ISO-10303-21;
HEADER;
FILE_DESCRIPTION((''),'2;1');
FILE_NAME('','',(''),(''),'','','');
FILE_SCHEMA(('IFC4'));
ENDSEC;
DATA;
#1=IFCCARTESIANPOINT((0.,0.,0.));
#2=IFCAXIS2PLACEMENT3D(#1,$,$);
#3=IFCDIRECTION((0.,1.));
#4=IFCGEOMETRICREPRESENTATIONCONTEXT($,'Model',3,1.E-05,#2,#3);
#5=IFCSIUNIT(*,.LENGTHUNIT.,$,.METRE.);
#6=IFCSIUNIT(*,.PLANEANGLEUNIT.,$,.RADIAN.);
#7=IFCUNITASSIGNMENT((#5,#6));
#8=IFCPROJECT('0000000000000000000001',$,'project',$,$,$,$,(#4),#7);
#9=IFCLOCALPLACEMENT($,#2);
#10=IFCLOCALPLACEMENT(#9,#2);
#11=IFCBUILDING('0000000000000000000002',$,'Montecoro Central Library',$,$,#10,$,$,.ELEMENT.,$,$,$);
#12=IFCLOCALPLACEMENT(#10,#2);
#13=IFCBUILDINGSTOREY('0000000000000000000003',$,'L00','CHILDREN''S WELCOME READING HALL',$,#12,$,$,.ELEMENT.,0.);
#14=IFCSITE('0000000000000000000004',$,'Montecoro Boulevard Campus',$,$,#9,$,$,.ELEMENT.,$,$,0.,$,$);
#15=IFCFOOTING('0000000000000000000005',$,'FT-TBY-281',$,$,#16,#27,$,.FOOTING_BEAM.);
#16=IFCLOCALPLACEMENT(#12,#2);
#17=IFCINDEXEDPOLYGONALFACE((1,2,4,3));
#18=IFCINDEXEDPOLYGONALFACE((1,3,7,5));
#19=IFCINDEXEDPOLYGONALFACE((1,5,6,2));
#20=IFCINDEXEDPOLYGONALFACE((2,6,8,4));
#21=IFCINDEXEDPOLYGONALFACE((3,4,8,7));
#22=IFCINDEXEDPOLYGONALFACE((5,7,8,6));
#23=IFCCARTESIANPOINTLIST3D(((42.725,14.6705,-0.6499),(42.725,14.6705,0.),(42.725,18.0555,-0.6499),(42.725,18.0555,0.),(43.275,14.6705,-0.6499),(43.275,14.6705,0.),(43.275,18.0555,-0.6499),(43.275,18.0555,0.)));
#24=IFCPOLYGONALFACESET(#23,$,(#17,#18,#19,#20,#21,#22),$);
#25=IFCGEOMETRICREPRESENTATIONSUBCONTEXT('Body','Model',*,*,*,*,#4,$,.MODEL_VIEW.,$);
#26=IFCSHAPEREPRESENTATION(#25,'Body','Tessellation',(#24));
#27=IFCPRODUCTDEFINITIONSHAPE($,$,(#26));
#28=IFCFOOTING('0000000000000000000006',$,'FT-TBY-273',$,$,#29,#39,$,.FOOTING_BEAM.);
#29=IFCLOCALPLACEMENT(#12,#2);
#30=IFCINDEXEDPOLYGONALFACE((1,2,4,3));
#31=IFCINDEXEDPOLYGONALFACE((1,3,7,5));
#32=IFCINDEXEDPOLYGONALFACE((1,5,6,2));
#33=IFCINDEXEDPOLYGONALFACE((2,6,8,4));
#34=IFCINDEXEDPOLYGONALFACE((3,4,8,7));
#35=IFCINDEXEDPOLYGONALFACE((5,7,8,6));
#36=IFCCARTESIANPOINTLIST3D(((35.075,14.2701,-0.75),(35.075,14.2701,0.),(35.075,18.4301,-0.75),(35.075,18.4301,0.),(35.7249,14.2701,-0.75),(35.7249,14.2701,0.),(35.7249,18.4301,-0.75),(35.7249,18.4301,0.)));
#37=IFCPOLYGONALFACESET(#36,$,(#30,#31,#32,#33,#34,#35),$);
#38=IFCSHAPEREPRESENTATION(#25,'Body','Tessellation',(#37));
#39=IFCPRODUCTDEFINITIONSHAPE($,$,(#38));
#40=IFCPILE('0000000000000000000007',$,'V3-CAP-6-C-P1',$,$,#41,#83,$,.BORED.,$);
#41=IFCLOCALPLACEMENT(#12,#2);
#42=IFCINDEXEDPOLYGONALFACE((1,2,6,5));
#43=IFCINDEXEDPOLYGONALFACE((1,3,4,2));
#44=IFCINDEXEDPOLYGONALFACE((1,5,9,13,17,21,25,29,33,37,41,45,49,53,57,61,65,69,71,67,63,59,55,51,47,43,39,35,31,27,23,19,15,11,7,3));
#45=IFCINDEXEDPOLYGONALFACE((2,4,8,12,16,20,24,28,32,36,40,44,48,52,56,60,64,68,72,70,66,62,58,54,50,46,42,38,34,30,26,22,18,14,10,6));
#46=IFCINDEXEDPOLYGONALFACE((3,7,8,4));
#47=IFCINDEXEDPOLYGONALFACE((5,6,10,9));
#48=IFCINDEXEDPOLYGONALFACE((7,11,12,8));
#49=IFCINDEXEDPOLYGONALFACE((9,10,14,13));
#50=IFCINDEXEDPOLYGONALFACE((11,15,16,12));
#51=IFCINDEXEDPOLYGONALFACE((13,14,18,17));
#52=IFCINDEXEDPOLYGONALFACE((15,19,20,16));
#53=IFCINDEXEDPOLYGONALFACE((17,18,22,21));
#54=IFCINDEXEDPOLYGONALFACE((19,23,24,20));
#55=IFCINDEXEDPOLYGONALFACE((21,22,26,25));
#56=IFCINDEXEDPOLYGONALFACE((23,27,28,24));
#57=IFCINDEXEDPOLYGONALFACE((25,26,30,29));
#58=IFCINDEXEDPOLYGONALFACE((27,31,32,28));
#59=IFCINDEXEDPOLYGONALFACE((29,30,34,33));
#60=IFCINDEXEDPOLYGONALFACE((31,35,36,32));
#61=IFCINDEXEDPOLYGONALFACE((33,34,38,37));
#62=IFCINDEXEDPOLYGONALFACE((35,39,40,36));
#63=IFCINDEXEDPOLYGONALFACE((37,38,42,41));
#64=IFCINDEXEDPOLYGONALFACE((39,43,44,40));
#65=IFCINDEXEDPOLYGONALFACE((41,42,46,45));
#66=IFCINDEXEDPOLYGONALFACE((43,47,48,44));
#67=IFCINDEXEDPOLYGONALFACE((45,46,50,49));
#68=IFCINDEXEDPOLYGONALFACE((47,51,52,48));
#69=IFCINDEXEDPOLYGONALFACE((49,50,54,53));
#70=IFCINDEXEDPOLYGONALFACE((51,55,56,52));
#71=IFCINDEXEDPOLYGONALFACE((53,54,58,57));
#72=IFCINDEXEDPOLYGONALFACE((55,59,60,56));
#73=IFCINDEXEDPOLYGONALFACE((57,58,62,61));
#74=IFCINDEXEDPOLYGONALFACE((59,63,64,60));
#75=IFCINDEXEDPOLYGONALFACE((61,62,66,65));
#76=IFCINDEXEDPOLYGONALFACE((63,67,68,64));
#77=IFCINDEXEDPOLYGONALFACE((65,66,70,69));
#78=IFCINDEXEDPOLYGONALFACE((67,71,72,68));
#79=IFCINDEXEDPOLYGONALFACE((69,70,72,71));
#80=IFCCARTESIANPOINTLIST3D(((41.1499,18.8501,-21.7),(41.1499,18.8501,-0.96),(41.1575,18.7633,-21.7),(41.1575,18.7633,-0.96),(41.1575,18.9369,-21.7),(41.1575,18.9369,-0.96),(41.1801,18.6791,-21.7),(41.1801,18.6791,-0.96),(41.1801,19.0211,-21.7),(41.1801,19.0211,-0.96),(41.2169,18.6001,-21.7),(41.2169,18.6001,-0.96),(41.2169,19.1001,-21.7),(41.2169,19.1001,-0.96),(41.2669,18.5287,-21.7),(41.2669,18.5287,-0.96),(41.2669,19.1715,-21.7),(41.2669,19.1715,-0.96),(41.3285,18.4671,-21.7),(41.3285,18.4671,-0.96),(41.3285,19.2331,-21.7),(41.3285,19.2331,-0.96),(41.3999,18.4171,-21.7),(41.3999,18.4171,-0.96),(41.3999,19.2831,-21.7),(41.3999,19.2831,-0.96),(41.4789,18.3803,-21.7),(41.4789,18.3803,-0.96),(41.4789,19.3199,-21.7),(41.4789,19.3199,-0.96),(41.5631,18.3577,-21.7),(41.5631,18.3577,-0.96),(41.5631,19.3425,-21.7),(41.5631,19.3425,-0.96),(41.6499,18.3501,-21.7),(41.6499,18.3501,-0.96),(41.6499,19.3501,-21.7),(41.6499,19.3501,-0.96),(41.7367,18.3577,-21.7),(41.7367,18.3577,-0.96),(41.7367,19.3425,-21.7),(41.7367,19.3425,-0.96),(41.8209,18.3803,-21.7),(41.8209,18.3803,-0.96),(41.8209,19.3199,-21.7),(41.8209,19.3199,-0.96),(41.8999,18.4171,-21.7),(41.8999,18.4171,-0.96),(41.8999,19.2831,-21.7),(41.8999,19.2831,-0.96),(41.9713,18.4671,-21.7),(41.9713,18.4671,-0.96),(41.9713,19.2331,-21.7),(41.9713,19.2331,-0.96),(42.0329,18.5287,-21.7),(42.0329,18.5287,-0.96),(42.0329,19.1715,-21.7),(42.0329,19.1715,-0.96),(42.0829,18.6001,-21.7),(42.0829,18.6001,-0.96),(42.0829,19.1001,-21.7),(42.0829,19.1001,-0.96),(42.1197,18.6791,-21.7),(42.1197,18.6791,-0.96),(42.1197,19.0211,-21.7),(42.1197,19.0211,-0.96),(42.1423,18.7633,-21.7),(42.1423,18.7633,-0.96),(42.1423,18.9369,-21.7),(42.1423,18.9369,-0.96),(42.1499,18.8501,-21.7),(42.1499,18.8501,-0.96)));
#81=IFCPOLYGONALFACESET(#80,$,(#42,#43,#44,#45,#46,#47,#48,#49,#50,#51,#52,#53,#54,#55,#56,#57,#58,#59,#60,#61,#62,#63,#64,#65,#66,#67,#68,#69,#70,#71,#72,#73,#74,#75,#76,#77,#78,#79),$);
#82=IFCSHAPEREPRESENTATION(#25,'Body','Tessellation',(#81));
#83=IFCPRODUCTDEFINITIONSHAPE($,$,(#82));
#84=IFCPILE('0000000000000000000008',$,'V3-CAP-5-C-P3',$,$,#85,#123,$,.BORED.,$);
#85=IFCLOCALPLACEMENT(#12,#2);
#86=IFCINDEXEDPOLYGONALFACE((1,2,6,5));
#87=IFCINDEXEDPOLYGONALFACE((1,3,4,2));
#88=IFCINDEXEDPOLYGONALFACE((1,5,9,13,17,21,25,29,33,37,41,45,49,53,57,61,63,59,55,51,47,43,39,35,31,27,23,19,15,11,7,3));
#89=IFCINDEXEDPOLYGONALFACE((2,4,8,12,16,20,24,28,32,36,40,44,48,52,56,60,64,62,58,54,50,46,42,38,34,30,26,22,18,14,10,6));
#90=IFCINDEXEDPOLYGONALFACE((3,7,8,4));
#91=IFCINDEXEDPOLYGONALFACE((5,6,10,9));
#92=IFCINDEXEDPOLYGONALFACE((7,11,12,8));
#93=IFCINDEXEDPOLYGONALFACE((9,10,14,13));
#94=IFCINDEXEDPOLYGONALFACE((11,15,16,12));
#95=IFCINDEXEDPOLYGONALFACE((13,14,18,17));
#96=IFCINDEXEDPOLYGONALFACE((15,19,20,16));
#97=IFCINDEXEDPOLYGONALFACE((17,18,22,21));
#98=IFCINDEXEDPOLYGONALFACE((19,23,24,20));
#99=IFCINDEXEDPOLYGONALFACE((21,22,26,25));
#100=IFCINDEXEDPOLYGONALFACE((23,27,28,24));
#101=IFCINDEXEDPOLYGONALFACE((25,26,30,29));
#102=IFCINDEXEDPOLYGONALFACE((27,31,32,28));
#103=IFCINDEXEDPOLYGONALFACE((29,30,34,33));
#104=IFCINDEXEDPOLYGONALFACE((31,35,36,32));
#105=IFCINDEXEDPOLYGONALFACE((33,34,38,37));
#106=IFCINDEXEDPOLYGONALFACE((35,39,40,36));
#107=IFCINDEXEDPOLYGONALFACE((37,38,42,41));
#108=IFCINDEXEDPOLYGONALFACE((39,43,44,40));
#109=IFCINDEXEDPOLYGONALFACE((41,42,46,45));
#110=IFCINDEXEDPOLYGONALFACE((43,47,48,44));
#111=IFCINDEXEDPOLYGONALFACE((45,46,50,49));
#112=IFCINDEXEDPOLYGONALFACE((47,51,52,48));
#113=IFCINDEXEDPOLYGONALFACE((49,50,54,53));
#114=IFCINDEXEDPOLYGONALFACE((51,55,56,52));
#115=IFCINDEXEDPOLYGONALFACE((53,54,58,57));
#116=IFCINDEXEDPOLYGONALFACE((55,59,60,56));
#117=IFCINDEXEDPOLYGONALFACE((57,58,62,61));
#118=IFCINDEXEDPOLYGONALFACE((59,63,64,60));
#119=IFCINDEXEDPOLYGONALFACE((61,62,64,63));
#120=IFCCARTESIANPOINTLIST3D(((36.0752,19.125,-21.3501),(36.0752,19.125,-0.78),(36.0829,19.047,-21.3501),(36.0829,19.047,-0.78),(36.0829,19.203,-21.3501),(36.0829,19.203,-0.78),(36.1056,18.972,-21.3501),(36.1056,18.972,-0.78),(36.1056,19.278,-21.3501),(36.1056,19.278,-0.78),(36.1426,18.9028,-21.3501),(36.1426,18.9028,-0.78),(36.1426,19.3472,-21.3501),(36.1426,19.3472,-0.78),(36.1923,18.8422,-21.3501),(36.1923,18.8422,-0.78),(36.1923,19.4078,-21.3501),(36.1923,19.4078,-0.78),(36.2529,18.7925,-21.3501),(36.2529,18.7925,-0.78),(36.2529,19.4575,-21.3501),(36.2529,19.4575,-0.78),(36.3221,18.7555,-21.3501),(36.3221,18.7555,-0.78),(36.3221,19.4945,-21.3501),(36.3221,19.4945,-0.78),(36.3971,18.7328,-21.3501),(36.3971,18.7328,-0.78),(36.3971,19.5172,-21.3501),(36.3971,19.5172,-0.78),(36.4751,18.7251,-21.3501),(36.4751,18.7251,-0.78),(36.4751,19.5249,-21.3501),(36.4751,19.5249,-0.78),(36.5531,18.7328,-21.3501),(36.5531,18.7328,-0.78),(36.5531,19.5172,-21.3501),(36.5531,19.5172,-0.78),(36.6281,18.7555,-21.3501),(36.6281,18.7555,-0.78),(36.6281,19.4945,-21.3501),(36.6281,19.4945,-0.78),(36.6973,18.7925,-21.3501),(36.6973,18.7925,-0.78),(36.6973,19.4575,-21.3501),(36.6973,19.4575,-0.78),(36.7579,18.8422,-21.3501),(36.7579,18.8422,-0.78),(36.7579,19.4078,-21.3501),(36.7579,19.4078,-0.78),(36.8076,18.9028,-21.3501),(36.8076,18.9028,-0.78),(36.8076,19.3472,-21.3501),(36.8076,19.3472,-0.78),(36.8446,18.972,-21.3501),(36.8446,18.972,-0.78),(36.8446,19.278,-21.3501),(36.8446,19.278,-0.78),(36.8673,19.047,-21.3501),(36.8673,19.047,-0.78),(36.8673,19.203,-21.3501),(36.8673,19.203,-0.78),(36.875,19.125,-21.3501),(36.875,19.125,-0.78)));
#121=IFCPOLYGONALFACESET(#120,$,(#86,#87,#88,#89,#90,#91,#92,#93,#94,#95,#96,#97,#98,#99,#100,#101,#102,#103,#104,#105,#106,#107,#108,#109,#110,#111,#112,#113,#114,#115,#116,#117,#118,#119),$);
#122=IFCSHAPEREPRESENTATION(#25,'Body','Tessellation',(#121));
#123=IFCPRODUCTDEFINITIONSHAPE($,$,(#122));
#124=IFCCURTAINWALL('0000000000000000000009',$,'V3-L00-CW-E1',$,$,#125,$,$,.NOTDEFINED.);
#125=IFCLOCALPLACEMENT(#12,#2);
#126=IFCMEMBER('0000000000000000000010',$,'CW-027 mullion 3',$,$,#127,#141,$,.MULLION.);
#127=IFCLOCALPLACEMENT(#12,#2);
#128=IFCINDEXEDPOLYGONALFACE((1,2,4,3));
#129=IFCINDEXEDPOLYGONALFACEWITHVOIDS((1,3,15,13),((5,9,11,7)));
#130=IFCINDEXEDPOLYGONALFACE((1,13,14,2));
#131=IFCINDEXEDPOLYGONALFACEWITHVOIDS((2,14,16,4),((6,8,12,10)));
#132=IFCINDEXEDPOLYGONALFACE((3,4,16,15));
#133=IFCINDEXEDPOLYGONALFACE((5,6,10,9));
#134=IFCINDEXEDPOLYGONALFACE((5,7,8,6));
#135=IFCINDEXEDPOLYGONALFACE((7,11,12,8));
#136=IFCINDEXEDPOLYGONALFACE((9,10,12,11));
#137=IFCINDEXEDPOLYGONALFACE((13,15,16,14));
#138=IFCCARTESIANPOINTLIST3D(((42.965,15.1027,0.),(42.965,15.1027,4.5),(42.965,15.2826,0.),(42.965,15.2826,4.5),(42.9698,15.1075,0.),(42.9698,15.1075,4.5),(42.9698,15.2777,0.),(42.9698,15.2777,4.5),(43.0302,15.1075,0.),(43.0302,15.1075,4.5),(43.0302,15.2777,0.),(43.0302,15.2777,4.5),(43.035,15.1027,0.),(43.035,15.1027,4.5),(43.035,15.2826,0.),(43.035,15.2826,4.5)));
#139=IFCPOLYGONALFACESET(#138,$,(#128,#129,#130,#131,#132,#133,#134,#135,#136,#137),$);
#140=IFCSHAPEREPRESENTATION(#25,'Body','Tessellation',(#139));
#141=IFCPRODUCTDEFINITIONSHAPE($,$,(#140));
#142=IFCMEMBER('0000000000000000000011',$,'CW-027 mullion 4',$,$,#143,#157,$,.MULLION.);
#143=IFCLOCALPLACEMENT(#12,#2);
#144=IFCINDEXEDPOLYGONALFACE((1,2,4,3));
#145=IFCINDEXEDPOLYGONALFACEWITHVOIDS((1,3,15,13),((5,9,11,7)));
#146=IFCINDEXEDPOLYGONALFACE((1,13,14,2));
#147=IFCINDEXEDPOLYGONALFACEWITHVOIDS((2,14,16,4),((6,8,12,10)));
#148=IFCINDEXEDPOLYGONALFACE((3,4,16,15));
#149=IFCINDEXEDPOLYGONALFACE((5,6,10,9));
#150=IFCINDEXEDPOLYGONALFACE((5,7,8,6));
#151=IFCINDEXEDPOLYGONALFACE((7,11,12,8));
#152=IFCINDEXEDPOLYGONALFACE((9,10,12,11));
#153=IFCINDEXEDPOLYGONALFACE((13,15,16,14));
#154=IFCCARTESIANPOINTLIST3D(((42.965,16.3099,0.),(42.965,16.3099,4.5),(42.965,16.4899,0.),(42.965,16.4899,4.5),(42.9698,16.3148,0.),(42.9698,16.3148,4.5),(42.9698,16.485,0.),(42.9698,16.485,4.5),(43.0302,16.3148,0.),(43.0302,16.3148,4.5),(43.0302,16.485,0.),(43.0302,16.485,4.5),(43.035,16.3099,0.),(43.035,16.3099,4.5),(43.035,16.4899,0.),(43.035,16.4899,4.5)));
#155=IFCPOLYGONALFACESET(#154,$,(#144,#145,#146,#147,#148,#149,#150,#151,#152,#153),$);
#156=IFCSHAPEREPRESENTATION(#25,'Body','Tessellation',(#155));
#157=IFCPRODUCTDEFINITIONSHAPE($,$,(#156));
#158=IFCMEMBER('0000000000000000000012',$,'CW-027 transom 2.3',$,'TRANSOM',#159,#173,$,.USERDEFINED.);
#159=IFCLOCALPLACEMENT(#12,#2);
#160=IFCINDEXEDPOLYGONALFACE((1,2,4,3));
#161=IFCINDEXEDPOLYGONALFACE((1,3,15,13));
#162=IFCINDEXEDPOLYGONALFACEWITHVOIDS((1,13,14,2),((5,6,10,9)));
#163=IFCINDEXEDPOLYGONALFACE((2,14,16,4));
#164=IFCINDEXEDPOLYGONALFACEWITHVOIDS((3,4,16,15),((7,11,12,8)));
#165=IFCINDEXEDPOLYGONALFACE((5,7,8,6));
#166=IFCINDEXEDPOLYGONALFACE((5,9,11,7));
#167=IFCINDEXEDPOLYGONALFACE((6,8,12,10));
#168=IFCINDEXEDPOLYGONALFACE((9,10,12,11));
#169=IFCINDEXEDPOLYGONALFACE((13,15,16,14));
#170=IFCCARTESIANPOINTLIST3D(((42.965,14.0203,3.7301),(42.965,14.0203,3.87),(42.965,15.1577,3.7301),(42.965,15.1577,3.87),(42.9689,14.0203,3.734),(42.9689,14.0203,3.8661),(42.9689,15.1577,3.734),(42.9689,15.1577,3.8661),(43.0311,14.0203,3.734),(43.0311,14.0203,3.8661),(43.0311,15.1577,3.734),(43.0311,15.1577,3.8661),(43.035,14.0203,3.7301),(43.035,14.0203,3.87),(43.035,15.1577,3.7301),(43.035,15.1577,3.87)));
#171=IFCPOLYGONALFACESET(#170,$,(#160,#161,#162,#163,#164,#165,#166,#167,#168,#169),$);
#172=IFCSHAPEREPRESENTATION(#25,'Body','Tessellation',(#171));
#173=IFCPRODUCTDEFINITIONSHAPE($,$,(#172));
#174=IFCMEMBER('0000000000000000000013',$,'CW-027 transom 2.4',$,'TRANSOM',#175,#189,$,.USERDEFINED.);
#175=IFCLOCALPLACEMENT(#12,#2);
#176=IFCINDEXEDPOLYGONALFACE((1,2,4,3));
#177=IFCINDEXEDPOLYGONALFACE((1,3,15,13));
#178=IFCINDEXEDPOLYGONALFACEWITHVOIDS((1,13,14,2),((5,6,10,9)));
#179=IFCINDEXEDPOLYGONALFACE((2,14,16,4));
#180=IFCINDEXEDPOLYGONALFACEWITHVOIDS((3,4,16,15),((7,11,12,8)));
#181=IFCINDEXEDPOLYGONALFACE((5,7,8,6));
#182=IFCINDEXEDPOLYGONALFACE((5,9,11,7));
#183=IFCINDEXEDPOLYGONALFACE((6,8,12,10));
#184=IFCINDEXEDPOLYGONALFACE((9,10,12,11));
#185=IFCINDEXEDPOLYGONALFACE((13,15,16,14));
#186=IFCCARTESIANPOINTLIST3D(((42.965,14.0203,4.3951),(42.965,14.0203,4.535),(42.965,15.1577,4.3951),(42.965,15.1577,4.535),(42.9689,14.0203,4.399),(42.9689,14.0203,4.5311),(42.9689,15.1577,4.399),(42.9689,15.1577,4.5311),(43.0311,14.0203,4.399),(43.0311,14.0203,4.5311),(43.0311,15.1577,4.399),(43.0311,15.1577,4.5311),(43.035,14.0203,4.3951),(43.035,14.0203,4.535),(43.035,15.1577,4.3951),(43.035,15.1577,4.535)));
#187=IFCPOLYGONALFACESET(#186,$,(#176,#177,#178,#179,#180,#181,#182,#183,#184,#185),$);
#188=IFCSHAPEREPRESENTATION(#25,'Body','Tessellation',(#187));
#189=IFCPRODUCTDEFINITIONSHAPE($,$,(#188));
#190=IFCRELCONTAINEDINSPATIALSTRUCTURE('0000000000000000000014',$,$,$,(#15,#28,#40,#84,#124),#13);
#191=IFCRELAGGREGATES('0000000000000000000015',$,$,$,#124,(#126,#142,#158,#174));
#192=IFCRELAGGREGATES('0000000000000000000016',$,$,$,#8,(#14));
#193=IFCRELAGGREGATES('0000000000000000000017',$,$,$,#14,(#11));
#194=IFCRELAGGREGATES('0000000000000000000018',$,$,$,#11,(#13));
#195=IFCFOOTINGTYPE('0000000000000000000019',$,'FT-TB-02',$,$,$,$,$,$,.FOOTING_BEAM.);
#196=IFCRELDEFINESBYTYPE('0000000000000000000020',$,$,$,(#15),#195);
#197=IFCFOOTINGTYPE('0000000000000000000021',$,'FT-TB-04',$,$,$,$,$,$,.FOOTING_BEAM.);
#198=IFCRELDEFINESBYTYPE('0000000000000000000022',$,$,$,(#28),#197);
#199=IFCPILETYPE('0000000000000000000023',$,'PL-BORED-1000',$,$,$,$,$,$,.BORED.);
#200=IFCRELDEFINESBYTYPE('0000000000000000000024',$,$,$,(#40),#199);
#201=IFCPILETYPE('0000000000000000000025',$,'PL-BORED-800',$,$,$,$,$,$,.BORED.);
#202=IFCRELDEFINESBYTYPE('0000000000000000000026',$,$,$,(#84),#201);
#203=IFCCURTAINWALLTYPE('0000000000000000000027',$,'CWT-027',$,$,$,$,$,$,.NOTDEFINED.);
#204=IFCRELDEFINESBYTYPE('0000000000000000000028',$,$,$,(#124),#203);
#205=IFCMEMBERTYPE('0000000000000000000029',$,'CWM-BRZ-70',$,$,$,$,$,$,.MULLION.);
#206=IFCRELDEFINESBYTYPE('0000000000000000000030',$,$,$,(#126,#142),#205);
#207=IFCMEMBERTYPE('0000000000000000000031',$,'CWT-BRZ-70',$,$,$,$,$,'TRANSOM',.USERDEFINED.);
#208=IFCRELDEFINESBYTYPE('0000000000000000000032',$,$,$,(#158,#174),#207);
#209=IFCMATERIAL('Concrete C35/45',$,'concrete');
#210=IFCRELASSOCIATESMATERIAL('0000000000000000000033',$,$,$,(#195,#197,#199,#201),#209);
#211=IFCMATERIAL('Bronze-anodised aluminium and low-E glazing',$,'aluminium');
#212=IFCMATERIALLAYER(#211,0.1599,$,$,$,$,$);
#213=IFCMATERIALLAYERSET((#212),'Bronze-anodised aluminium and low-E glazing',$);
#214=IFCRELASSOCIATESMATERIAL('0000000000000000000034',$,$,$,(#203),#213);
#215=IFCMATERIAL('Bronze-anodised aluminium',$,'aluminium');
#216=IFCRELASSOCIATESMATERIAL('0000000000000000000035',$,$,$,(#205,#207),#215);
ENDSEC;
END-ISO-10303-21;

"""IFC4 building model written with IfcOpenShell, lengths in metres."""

from ifc_helpers import new_model, si_unit, direction, frame, origin, origin_2d, place, context, subcontext, project, spatial, rectangle, hollow_rectangle, circle, extrude, material, layer, layer_set, material_profile, profile_set, type_object, element, aggregate, save


model = new_model("IFC4")

# Units and contexts
model_context = context("Model", 3, precision=1e-05, world=origin(), true_north=direction((0.0, 1.0)))
body_context = subcontext(model_context, "Body", "Model", "MODEL_VIEW")
ifc_project = project(units=[si_unit("LENGTHUNIT", "METRE"), si_unit("PLANEANGLEUNIT", "RADIAN")], contexts=[model_context])

# Site, building, storey
site_placement = place(None, origin())
site = spatial("IfcSite", under=ifc_project, at=site_placement, Name="Montecoro Boulevard Campus", CompositionType="ELEMENT", RefElevation=0.0)
building_placement = place(site_placement, origin())
building = spatial("IfcBuilding", under=site, at=building_placement, Name="Montecoro Central Library", CompositionType="ELEMENT")
storey_placement = place(building_placement, origin())
storey = spatial("IfcBuildingStorey", under=building, at=storey_placement, Name="L00", Description="CHILDREN'S WELCOME READING HALL", CompositionType="ELEMENT", Elevation=0.0)

# Footings
ifc_material_1 = material(Name="Concrete C35/45", Category="concrete")
footing_type_1 = type_object("IfcFootingType", Name="FT-TB-02", PredefinedType="FOOTING_BEAM", material=ifc_material_1)
footing_1_placement = place(storey_placement, frame((43.0, 16.363, -0.6499), z_axis=(0.0, 0.0, 1.0), x_axis=(1.0, 0.0, 0.0)))
element("IfcFooting", 1, at=footing_1_placement, inside=storey, type_object=footing_type_1, Name="FT-TBY-281", PredefinedType="FOOTING_BEAM", context=body_context, shape_type="SweptSolid", body=[
    extrude(rectangle(XDim=0.55, YDim=3.385, at=origin_2d()), origin(), (0.0, 0.0, 1.0), 0.6499),
])
footing_type_2 = type_object("IfcFootingType", Name="FT-TB-04", PredefinedType="FOOTING_BEAM", material=ifc_material_1)
footing_2_placement = place(storey_placement, frame((35.3999, 16.3501, -0.75), z_axis=(0.0, 0.0, 1.0), x_axis=(1.0, 0.0, 0.0)))
element("IfcFooting", 2, at=footing_2_placement, inside=storey, type_object=footing_type_2, Name="FT-TBY-273", PredefinedType="FOOTING_BEAM", context=body_context, shape_type="SweptSolid", body=[
    extrude(rectangle(XDim=0.6499, YDim=4.1599, at=origin_2d()), origin(), (0.0, 0.0, 1.0), 0.75),
])

# Piles
ifc_material_profile_1 = material_profile(ifc_material_1, circle(Radius=0.5, at=origin_2d()), Name="PILE D1000")
ifc_profile_set_1 = profile_set([ifc_material_profile_1], Name="Concrete C35/45")
pile_type_1 = type_object("IfcPileType", Name="PL-BORED-1000", PredefinedType="BORED", material=ifc_profile_set_1)
pile_1_placement = place(storey_placement, frame((41.6499, 18.8501, -0.96), z_axis=(0.0, 0.0, -1.0), x_axis=(1.0, 0.0, 0.0)))
element("IfcPile", 3, at=pile_1_placement, inside=storey, type_object=pile_type_1, Name="V3-CAP-6-C-P1", PredefinedType="BORED", context=body_context, shape_type="SweptSolid", body=[
    extrude(circle(Radius=0.5, at=origin_2d()), origin(), (0.0, 0.0, 1.0), 20.74),
])
ifc_material_profile_2 = material_profile(ifc_material_1, circle(Radius=0.3999, at=origin_2d()), Name="PILE D800")
ifc_profile_set_2 = profile_set([ifc_material_profile_2], Name="Concrete C35/45")
pile_type_2 = type_object("IfcPileType", Name="PL-BORED-800", PredefinedType="BORED", material=ifc_profile_set_2)
pile_2_placement = place(storey_placement, frame((36.4751, 19.125, -0.78), z_axis=(0.0, 0.0, -1.0), x_axis=(1.0, 0.0, 0.0)))
element("IfcPile", 4, at=pile_2_placement, inside=storey, type_object=pile_type_2, Name="V3-CAP-5-C-P3", PredefinedType="BORED", context=body_context, shape_type="SweptSolid", body=[
    extrude(circle(Radius=0.3999, at=origin_2d()), origin(), (0.0, 0.0, 1.0), 20.5701),
])

# Curtain wall, members
ifc_material_2 = material(Name="Bronze-anodised aluminium and low-E glazing", Category="aluminium")
ifc_layer_1 = layer(ifc_material_2, 0.1599)
ifc_layer_set_1 = layer_set([ifc_layer_1], Name="Bronze-anodised aluminium and low-E glazing")
curtain_wall_type = type_object("IfcCurtainWallType", Name="CWT-027", PredefinedType="NOTDEFINED", material=ifc_layer_set_1)
curtain_wall_placement = place(storey_placement, origin())
curtain_wall = element("IfcCurtainWall", 5, at=curtain_wall_placement, inside=storey, type_object=curtain_wall_type, Name="V3-L00-CW-E1", PredefinedType="NOTDEFINED")
ifc_material_3 = material(Name="Bronze-anodised aluminium", Category="aluminium")
ifc_material_profile_3 = material_profile(ifc_material_3, hollow_rectangle(XDim=0.0701, YDim=0.1799, WallThickness=0.0049, at=origin_2d()), Name="CWM 180x70x5.0")
ifc_profile_set_3 = profile_set([ifc_material_profile_3], Name="Bronze-anodised aluminium")
member_type_1 = type_object("IfcMemberType", Name="CWM-BRZ-70", PredefinedType="MULLION", material=ifc_profile_set_3)
member_1_placement = place(storey_placement, frame((43.0, 15.1926, 0.0), z_axis=(0.0, 0.0, 1.0), x_axis=(-1.0, 0.0, 0.0)))
member_1 = element("IfcMember", 6, at=member_1_placement, type_object=member_type_1, Name="CW-027 mullion 3", PredefinedType="MULLION", context=body_context, shape_type="SweptSolid", body=[
    extrude(hollow_rectangle(XDim=0.0701, YDim=0.1799, WallThickness=0.0049, at=origin_2d()), origin(), (0.0, 0.0, 1.0), 4.5),
])
member_2_placement = place(storey_placement, frame((43.0, 16.3999, 0.0), z_axis=(0.0, 0.0, 1.0), x_axis=(-1.0, 0.0, 0.0)))
member_2 = element("IfcMember", 7, at=member_2_placement, type_object=member_type_1, Name="CW-027 mullion 4", PredefinedType="MULLION", context=body_context, shape_type="SweptSolid", body=[
    extrude(hollow_rectangle(XDim=0.0701, YDim=0.1799, WallThickness=0.0049, at=origin_2d()), origin(), (0.0, 0.0, 1.0), 4.5),
])
ifc_material_profile_4 = material_profile(ifc_material_3, hollow_rectangle(XDim=0.0701, YDim=0.1399, WallThickness=0.0039, at=origin_2d()), Name="CWT 140x70x4.0")
ifc_profile_set_4 = profile_set([ifc_material_profile_4], Name="Bronze-anodised aluminium")
member_type_2 = type_object("IfcMemberType", Name="CWT-BRZ-70", ElementType="TRANSOM", PredefinedType="USERDEFINED", material=ifc_profile_set_4)
member_3_placement = place(storey_placement, frame((43.0, 14.0203, 3.8), z_axis=(0.0, 1.0, 0.0), x_axis=(-1.0, 0.0, 0.0)))
member_3 = element("IfcMember", 8, at=member_3_placement, type_object=member_type_2, Name="CW-027 transom 2.3", ObjectType="TRANSOM", PredefinedType="USERDEFINED", context=body_context, shape_type="SweptSolid", body=[
    extrude(hollow_rectangle(XDim=0.0701, YDim=0.1399, WallThickness=0.0039, at=origin_2d()), origin(), (0.0, 0.0, 1.0), 1.1375),
])
member_4_placement = place(storey_placement, frame((43.0, 14.0203, 4.4651), z_axis=(0.0, 1.0, 0.0), x_axis=(-1.0, 0.0, 0.0)))
member_4 = element("IfcMember", 9, at=member_4_placement, type_object=member_type_2, Name="CW-027 transom 2.4", ObjectType="TRANSOM", PredefinedType="USERDEFINED", context=body_context, shape_type="SweptSolid", body=[
    extrude(hollow_rectangle(XDim=0.0701, YDim=0.1399, WallThickness=0.0039, at=origin_2d()), origin(), (0.0, 0.0, 1.0), 1.1375),
])
aggregate(curtain_wall, [member_1, member_2, member_3, member_4])

save(model, "model.ifc")
